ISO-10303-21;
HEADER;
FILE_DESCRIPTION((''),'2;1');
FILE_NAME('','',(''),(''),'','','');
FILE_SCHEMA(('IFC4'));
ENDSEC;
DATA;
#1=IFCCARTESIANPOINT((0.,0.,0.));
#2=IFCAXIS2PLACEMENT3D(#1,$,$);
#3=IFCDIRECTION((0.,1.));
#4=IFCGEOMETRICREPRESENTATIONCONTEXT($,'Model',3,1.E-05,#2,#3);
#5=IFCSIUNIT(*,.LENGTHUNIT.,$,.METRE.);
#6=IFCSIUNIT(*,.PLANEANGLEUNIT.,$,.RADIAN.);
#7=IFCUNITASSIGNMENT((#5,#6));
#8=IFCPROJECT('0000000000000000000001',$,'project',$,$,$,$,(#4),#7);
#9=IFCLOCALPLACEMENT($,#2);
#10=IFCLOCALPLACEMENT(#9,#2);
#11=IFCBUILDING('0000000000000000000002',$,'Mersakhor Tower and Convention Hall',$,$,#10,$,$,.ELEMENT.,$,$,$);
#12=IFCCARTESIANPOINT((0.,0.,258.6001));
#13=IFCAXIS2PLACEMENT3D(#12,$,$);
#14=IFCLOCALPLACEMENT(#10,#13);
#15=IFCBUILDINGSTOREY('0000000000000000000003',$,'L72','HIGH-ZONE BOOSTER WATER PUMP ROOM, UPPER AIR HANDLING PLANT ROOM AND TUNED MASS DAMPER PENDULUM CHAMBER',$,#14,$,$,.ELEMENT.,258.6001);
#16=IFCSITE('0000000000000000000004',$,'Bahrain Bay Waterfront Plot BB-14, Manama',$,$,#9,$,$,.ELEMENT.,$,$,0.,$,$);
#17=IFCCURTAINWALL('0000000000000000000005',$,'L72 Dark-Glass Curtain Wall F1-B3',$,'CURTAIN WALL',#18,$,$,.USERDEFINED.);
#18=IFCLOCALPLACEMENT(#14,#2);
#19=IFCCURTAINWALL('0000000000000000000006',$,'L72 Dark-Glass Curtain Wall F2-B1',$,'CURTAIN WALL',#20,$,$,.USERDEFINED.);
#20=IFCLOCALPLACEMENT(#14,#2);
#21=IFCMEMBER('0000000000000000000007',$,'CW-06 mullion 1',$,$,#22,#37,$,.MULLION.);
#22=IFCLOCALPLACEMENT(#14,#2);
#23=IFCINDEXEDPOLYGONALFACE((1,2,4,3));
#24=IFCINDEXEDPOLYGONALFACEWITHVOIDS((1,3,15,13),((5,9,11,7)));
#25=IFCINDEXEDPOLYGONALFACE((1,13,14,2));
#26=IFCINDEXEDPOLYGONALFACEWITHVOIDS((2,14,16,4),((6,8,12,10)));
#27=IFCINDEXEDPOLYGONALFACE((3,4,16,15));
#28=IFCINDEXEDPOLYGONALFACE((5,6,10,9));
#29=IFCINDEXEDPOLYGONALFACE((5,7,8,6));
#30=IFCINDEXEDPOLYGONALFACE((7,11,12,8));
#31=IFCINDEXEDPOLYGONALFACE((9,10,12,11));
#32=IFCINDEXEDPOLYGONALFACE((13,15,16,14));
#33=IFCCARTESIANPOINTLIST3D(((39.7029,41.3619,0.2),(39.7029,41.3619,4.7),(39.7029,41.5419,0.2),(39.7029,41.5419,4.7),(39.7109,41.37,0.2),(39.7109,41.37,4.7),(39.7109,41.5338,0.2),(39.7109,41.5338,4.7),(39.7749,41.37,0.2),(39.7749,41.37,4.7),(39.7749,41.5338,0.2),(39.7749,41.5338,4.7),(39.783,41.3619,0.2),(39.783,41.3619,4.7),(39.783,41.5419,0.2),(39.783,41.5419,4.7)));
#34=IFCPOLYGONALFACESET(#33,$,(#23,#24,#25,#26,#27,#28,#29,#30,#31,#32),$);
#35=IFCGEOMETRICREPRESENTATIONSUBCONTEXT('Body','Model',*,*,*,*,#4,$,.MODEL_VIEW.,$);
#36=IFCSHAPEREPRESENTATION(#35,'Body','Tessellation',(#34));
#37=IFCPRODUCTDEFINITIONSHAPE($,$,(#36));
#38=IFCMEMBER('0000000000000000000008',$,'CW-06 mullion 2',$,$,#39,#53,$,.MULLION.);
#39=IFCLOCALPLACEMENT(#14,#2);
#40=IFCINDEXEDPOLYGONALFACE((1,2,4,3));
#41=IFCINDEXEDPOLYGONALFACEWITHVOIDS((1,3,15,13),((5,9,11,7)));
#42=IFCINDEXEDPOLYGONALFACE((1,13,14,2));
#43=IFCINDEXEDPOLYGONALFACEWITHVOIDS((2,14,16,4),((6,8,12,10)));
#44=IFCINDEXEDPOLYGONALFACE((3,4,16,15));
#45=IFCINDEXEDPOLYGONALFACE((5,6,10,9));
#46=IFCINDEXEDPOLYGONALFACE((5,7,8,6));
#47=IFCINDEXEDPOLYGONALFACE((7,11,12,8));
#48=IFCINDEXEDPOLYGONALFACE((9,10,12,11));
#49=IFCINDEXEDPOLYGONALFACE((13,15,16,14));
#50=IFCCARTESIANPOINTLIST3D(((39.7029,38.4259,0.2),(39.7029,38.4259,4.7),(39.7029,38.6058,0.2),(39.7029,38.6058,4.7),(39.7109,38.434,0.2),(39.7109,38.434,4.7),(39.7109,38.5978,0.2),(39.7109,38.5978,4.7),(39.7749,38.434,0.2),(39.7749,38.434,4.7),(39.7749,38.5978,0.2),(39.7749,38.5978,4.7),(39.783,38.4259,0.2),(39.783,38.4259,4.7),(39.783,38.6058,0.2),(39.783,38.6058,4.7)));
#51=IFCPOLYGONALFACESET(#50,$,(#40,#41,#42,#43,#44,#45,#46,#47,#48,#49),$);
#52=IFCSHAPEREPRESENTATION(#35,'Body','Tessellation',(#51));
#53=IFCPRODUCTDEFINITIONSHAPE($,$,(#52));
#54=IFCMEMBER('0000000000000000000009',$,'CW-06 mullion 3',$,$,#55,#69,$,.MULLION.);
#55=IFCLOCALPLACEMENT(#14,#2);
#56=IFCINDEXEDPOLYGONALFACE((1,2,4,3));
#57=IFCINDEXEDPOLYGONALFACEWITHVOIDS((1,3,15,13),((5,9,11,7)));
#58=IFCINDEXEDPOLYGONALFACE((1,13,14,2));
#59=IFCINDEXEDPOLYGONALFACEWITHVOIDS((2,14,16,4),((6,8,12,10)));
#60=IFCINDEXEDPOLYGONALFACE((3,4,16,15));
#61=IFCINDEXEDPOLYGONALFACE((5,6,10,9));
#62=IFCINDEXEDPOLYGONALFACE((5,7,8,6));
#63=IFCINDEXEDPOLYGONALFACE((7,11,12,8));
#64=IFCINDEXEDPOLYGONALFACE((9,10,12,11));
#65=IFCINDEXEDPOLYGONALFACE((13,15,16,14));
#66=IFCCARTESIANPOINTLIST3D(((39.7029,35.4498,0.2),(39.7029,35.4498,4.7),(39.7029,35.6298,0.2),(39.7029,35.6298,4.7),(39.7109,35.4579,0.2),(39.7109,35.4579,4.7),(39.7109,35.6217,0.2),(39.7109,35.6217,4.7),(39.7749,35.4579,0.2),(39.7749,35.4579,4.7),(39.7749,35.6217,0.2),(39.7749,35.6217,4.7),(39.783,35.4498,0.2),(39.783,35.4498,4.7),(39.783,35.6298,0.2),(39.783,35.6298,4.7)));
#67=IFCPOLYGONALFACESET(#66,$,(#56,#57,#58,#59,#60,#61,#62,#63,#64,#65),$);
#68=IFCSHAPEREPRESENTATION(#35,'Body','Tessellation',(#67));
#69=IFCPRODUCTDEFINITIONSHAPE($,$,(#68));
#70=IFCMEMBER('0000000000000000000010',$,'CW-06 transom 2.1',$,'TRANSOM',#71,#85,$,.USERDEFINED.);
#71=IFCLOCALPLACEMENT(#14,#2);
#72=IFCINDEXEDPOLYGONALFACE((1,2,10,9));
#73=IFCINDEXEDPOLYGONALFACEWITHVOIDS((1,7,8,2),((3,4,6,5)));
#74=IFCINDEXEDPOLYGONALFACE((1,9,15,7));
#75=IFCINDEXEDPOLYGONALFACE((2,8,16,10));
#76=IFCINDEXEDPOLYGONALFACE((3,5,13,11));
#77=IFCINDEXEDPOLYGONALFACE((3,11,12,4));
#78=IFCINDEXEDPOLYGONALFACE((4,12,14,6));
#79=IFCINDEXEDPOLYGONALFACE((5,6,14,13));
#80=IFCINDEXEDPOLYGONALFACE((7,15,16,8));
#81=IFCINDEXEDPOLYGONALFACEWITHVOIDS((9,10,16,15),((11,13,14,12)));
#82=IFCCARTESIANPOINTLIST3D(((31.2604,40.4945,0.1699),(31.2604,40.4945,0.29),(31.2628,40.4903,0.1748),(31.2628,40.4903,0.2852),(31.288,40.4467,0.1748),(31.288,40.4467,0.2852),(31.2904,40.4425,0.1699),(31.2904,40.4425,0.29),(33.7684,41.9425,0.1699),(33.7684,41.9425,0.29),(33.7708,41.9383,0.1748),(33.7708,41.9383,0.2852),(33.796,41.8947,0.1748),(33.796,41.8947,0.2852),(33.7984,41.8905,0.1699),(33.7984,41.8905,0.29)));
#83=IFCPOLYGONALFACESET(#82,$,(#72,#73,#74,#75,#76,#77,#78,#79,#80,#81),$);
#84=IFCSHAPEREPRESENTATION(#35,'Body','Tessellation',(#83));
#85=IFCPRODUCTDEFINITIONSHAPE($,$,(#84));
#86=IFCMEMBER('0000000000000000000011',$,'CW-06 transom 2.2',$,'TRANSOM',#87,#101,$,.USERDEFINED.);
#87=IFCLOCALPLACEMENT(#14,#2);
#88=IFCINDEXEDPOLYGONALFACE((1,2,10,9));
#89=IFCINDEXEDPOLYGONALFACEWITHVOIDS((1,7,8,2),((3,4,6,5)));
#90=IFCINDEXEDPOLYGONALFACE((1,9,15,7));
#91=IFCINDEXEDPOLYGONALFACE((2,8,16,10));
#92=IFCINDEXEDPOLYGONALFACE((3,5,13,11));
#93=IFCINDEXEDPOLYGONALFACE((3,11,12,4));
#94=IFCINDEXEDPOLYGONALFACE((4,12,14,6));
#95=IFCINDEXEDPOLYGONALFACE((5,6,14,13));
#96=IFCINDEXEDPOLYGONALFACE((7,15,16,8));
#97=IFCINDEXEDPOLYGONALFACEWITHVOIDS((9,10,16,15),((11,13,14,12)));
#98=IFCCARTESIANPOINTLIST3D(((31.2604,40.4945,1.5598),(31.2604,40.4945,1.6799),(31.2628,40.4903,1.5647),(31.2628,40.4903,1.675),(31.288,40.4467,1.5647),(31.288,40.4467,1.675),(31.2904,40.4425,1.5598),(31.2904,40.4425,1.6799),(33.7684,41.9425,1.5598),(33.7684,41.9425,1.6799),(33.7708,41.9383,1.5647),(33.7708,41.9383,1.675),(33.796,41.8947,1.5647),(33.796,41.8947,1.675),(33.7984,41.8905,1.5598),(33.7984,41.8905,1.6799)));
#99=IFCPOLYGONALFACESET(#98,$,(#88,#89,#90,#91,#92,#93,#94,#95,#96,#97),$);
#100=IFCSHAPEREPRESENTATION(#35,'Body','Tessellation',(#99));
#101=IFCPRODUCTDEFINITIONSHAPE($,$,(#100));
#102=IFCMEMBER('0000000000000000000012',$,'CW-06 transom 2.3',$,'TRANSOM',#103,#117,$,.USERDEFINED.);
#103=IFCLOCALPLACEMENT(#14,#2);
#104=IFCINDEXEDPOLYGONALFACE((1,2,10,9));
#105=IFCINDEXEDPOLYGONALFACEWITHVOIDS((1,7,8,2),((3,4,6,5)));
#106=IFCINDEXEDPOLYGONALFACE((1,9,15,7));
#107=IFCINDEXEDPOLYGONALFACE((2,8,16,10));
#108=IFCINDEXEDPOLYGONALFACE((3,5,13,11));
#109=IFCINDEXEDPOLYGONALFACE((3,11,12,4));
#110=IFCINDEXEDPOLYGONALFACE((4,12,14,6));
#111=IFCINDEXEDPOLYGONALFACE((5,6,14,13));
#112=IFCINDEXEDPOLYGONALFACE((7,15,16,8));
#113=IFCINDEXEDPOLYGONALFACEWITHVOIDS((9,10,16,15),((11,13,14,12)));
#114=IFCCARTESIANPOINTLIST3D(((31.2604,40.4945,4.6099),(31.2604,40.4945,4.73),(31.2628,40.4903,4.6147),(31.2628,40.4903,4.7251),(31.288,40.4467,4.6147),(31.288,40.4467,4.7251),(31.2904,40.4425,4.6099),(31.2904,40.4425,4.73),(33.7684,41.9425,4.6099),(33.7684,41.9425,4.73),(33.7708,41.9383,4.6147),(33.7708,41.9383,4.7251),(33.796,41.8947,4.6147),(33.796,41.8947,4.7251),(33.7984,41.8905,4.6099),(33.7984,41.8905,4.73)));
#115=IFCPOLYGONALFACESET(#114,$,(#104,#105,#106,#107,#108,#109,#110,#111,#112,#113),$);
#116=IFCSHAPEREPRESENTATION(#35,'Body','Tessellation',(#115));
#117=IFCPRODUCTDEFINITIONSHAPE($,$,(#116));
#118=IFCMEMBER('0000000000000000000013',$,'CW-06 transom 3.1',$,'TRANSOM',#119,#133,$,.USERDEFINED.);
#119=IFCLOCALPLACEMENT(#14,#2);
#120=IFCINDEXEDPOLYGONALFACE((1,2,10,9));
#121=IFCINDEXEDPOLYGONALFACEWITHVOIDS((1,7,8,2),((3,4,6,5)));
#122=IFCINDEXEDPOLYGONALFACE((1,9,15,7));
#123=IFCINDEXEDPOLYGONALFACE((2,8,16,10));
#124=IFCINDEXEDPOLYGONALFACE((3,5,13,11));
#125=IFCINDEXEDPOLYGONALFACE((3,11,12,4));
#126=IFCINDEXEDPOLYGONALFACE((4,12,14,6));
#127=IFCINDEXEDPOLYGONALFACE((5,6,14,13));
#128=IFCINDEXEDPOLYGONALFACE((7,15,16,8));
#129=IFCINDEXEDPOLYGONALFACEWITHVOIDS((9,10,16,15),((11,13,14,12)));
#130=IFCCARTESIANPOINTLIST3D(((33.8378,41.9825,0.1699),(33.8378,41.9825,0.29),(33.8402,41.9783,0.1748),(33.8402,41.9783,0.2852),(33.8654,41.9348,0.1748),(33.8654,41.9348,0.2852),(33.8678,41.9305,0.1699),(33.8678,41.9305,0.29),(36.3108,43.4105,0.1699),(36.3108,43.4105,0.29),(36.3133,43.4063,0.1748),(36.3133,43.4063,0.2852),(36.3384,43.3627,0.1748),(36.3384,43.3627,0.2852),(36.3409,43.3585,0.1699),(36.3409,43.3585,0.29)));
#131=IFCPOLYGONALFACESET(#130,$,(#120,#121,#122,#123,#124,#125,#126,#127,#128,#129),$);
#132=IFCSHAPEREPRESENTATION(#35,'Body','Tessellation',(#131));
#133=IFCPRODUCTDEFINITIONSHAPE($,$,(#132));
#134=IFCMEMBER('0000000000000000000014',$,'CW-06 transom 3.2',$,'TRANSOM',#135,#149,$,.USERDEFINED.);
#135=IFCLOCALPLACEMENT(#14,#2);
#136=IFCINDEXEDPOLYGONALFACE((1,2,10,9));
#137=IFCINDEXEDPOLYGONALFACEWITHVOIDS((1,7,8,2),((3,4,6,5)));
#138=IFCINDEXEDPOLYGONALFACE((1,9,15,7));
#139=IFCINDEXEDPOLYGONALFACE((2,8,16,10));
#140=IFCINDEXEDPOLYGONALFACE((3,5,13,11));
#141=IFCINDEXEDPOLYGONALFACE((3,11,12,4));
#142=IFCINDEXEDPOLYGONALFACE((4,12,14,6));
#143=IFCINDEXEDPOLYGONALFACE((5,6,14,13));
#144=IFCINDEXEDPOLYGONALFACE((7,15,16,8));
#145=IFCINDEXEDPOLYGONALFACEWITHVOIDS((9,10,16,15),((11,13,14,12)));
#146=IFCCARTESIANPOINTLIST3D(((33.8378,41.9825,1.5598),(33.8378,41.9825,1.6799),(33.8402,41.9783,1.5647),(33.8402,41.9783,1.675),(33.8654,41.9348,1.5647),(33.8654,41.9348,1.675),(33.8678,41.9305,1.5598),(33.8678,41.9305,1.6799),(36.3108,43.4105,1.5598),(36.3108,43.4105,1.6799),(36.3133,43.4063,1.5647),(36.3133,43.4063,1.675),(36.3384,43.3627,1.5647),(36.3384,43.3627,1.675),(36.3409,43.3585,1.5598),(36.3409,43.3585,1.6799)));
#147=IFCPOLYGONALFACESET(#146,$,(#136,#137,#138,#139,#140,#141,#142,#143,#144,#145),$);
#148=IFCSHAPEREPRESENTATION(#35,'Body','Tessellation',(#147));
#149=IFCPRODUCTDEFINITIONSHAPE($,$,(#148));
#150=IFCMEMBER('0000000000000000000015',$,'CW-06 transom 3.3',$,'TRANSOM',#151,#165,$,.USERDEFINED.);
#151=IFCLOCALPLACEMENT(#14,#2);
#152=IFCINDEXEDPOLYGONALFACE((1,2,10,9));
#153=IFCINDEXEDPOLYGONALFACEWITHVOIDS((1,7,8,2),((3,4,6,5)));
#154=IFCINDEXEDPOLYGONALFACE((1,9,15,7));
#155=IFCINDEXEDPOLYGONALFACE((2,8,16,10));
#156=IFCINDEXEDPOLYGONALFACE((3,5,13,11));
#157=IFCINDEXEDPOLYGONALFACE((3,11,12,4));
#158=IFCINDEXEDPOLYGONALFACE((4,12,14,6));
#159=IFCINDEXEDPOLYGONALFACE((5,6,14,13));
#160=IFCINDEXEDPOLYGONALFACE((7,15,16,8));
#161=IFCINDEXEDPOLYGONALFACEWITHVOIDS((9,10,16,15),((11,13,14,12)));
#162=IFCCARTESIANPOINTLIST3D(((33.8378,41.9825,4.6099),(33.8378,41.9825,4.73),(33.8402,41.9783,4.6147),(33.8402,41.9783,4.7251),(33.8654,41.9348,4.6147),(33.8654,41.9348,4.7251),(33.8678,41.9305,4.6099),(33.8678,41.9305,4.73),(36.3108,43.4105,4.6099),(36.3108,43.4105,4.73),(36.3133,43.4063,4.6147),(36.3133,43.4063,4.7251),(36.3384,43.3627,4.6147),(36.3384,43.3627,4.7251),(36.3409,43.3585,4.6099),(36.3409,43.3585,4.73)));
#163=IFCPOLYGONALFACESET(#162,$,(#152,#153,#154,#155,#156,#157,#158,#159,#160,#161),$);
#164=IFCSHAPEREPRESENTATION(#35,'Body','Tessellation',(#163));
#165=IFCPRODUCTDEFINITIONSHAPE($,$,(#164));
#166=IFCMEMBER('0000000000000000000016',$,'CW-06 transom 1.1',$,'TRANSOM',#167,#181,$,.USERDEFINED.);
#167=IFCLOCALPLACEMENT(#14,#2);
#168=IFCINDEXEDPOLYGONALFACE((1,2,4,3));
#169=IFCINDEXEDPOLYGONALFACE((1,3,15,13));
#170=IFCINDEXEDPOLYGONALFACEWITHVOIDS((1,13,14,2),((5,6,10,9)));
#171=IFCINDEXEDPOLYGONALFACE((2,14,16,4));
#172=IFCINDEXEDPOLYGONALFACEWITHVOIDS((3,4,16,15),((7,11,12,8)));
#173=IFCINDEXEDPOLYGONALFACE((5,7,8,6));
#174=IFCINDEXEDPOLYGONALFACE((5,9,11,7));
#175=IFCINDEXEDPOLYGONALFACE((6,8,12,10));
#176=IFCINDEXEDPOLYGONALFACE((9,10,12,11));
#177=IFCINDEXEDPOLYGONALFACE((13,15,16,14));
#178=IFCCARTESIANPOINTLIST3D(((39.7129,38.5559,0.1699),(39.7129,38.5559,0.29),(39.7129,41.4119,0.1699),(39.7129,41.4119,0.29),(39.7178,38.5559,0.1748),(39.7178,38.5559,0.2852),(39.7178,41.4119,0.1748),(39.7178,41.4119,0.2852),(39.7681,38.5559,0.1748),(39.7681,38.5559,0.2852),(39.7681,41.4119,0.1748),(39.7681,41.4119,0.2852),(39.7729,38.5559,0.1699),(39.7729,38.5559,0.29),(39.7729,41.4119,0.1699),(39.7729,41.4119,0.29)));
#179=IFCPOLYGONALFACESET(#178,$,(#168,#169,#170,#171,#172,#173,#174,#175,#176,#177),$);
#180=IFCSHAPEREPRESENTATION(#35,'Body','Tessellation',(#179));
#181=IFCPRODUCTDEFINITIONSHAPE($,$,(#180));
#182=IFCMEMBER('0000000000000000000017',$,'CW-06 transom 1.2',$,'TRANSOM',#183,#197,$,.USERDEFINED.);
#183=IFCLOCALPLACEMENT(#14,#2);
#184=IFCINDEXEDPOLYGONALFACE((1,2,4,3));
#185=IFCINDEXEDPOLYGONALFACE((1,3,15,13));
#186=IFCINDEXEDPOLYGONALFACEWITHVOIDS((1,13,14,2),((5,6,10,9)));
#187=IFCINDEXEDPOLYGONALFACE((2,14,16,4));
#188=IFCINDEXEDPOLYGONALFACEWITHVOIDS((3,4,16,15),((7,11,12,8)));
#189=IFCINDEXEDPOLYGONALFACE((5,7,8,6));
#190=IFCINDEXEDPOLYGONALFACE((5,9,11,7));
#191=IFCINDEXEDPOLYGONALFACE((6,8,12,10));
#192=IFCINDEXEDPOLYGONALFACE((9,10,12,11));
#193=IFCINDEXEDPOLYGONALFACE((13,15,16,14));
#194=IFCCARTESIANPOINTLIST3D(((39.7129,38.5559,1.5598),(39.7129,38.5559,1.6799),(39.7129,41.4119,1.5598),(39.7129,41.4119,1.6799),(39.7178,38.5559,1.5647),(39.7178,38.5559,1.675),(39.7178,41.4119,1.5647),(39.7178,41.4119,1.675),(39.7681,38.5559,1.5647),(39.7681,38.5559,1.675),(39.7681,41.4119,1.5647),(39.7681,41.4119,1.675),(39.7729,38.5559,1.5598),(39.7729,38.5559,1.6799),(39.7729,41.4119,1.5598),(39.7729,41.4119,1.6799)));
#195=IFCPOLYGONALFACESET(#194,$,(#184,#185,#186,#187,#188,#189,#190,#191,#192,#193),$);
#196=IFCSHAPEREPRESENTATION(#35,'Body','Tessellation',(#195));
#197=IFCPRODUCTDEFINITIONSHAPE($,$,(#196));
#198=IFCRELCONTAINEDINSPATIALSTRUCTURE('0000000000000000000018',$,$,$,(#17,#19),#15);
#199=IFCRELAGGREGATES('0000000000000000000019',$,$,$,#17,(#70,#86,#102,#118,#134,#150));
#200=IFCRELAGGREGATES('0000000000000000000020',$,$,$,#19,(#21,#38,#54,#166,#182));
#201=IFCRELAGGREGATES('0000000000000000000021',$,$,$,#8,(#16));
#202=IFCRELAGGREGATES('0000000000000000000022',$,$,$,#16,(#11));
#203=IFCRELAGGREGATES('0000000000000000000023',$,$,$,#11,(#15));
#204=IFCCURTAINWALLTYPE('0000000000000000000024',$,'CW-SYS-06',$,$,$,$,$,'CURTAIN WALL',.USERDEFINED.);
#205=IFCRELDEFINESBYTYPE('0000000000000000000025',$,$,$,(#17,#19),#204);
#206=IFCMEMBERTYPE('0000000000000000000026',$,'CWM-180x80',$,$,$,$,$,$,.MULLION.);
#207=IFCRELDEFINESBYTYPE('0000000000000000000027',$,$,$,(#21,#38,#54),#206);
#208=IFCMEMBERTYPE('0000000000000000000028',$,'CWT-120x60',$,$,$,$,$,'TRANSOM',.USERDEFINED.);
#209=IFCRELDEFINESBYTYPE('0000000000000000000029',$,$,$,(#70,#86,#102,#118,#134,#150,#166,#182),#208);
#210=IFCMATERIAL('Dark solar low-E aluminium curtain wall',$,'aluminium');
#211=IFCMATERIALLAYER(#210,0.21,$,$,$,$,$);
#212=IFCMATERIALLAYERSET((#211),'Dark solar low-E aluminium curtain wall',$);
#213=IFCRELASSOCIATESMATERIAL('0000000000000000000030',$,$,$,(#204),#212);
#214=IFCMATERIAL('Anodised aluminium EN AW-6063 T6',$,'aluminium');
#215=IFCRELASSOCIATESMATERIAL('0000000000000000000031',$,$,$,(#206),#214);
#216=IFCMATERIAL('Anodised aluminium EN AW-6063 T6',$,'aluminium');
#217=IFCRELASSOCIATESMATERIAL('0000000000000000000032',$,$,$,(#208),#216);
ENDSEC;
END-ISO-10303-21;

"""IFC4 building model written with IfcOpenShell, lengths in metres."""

from ifc_helpers import new_model, si_unit, direction, frame, origin, origin_2d, place, context, subcontext, project, spatial, hollow_rectangle, extrude, material, layer, layer_set, material_profile, profile_set, type_object, element, aggregate, save


model = new_model("IFC4")

# Units and contexts
model_context = context("Model", 3, precision=1e-05, world=origin(), true_north=direction((0.0, 1.0)))
body_context = subcontext(model_context, "Body", "Model", "MODEL_VIEW")
ifc_project = project(units=[si_unit("LENGTHUNIT", "METRE"), si_unit("PLANEANGLEUNIT", "RADIAN")], contexts=[model_context])

# Site, building, storey
site_placement = place(None, origin())
site = spatial("IfcSite", under=ifc_project, at=site_placement, Name="Bahrain Bay Waterfront Plot BB-14, Manama", CompositionType="ELEMENT", RefElevation=0.0)
building_placement = place(site_placement, origin())
building = spatial("IfcBuilding", under=site, at=building_placement, Name="Mersakhor Tower and Convention Hall", CompositionType="ELEMENT")
storey_placement = place(building_placement, frame((0.0, 0.0, 258.6001)))
storey = spatial("IfcBuildingStorey", under=building, at=storey_placement, Name="L72", Description="HIGH-ZONE BOOSTER WATER PUMP ROOM, UPPER AIR HANDLING PLANT ROOM AND TUNED MASS DAMPER PENDULUM CHAMBER", CompositionType="ELEMENT", Elevation=258.6001)

# Curtain walls, members
ifc_material_1 = material(Name="Dark solar low-E aluminium curtain wall", Category="aluminium")
ifc_layer_1 = layer(ifc_material_1, 0.21)
ifc_layer_set_1 = layer_set([ifc_layer_1], Name="Dark solar low-E aluminium curtain wall")
curtain_wall_type = type_object("IfcCurtainWallType", Name="CW-SYS-06", ElementType="CURTAIN WALL", PredefinedType="USERDEFINED", material=ifc_layer_set_1)
curtain_wall_1_placement = place(storey_placement, origin())
curtain_wall_1 = element("IfcCurtainWall", 1, at=curtain_wall_1_placement, inside=storey, type_object=curtain_wall_type, Name="L72 Dark-Glass Curtain Wall F1-B3", ObjectType="CURTAIN WALL", PredefinedType="USERDEFINED")
ifc_material_2 = material(Name="Anodised aluminium EN AW-6063 T6", Category="aluminium")
ifc_material_profile_1 = material_profile(ifc_material_2, hollow_rectangle(XDim=0.0801, YDim=0.1799, WallThickness=0.0081, at=origin_2d()), Name="RHS 180x80x8")
ifc_profile_set_1 = profile_set([ifc_material_profile_1], Name="Anodised aluminium EN AW-6063 T6")
member_type_1 = type_object("IfcMemberType", Name="CWM-180x80", PredefinedType="MULLION", material=ifc_profile_set_1)
curtain_wall_2_placement = place(storey_placement, origin())
curtain_wall_2 = element("IfcCurtainWall", 2, at=curtain_wall_2_placement, inside=storey, type_object=curtain_wall_type, Name="L72 Dark-Glass Curtain Wall F2-B1", ObjectType="CURTAIN WALL", PredefinedType="USERDEFINED")
member_1_placement = place(storey_placement, frame((39.7429, 41.4519, 0.2), z_axis=(0.0, 0.0, 1.0), x_axis=(1.0, 0.0, 0.0)))
member_1 = element("IfcMember", 3, at=member_1_placement, type_object=member_type_1, Name="CW-06 mullion 1", PredefinedType="MULLION", context=body_context, shape_type="SweptSolid", body=[
    extrude(hollow_rectangle(XDim=0.0801, YDim=0.1799, WallThickness=0.0081, at=origin_2d()), origin(), (0.0, 0.0, 1.0), 4.5),
])
member_2_placement = place(storey_placement, frame((39.7429, 38.5159, 0.2), z_axis=(0.0, 0.0, 1.0), x_axis=(1.0, 0.0, 0.0)))
member_2 = element("IfcMember", 4, at=member_2_placement, type_object=member_type_1, Name="CW-06 mullion 2", PredefinedType="MULLION", context=body_context, shape_type="SweptSolid", body=[
    extrude(hollow_rectangle(XDim=0.0801, YDim=0.1799, WallThickness=0.0081, at=origin_2d()), origin(), (0.0, 0.0, 1.0), 4.5),
])
member_3_placement = place(storey_placement, frame((39.7429, 35.5398, 0.2), z_axis=(0.0, 0.0, 1.0), x_axis=(1.0, 0.0, 0.0)))
member_3 = element("IfcMember", 5, at=member_3_placement, type_object=member_type_1, Name="CW-06 mullion 3", PredefinedType="MULLION", context=body_context, shape_type="SweptSolid", body=[
    extrude(hollow_rectangle(XDim=0.0801, YDim=0.1799, WallThickness=0.0081, at=origin_2d()), origin(), (0.0, 0.0, 1.0), 4.5),
])

# Members
ifc_material_3 = material(Name="Anodised aluminium EN AW-6063 T6", Category="aluminium")
ifc_material_profile_2 = material_profile(ifc_material_3, hollow_rectangle(XDim=0.0601, YDim=0.1201, WallThickness=0.0049, at=origin_2d()), Name="RHS 120x60x5")
ifc_profile_set_2 = profile_set([ifc_material_profile_2], Name="Anodised aluminium EN AW-6063 T6")
member_type_2 = type_object("IfcMemberType", Name="CWT-120x60", ElementType="TRANSOM", PredefinedType="USERDEFINED", material=ifc_profile_set_2)
member_4_placement = place(storey_placement, frame((31.2754, 40.4685, 0.23), z_axis=(0.86603, 0.499992, 0.0), x_axis=(-0.499992, 0.86603, 0.0)))
member_4 = element("IfcMember", 6, at=member_4_placement, type_object=member_type_2, Name="CW-06 transom 2.1", ObjectType="TRANSOM", PredefinedType="USERDEFINED", context=body_context, shape_type="SweptSolid", body=[
    extrude(hollow_rectangle(XDim=0.0601, YDim=0.1201, WallThickness=0.0049, at=origin_2d()), origin(), (0.0, 0.0, 1.0), 2.896),
])
member_5_placement = place(storey_placement, frame((31.2754, 40.4685, 1.6199), z_axis=(0.86603, 0.499992, 0.0), x_axis=(-0.499992, 0.86603, 0.0)))
member_5 = element("IfcMember", 7, at=member_5_placement, type_object=member_type_2, Name="CW-06 transom 2.2", ObjectType="TRANSOM", PredefinedType="USERDEFINED", context=body_context, shape_type="SweptSolid", body=[
    extrude(hollow_rectangle(XDim=0.0601, YDim=0.1201, WallThickness=0.0049, at=origin_2d()), origin(), (0.0, 0.0, 1.0), 2.896),
])
member_6_placement = place(storey_placement, frame((31.2754, 40.4685, 4.6699), z_axis=(0.86603, 0.499992, 0.0), x_axis=(-0.499992, 0.86603, 0.0)))
member_6 = element("IfcMember", 8, at=member_6_placement, type_object=member_type_2, Name="CW-06 transom 2.3", ObjectType="TRANSOM", PredefinedType="USERDEFINED", context=body_context, shape_type="SweptSolid", body=[
    extrude(hollow_rectangle(XDim=0.0601, YDim=0.1201, WallThickness=0.0049, at=origin_2d()), origin(), (0.0, 0.0, 1.0), 2.896),
])
member_7_placement = place(storey_placement, frame((33.8528, 41.9565, 0.23), z_axis=(0.866009, 0.500028, 0.0), x_axis=(-0.500028, 0.866009, 0.0)))
member_7 = element("IfcMember", 9, at=member_7_placement, type_object=member_type_2, Name="CW-06 transom 3.1", ObjectType="TRANSOM", PredefinedType="USERDEFINED", context=body_context, shape_type="SweptSolid", body=[
    extrude(hollow_rectangle(XDim=0.0601, YDim=0.1201, WallThickness=0.0049, at=origin_2d()), origin(), (0.0, 0.0, 1.0), 2.8557),
])
member_8_placement = place(storey_placement, frame((33.8528, 41.9565, 1.6199), z_axis=(0.866009, 0.500028, 0.0), x_axis=(-0.500028, 0.866009, 0.0)))
member_8 = element("IfcMember", 10, at=member_8_placement, type_object=member_type_2, Name="CW-06 transom 3.2", ObjectType="TRANSOM", PredefinedType="USERDEFINED", context=body_context, shape_type="SweptSolid", body=[
    extrude(hollow_rectangle(XDim=0.0601, YDim=0.1201, WallThickness=0.0049, at=origin_2d()), origin(), (0.0, 0.0, 1.0), 2.8557),
])
member_9_placement = place(storey_placement, frame((33.8528, 41.9565, 4.6699), z_axis=(0.866009, 0.500028, 0.0), x_axis=(-0.500028, 0.866009, 0.0)))
member_9 = element("IfcMember", 11, at=member_9_placement, type_object=member_type_2, Name="CW-06 transom 3.3", ObjectType="TRANSOM", PredefinedType="USERDEFINED", context=body_context, shape_type="SweptSolid", body=[
    extrude(hollow_rectangle(XDim=0.0601, YDim=0.1201, WallThickness=0.0049, at=origin_2d()), origin(), (0.0, 0.0, 1.0), 2.8557),
])
member_10_placement = place(storey_placement, frame((39.7429, 41.4119, 0.23), z_axis=(0.0, -1.0, 0.0), x_axis=(1.0, 0.0, 0.0)))
member_10 = element("IfcMember", 12, at=member_10_placement, type_object=member_type_2, Name="CW-06 transom 1.1", ObjectType="TRANSOM", PredefinedType="USERDEFINED", context=body_context, shape_type="SweptSolid", body=[
    extrude(hollow_rectangle(XDim=0.0601, YDim=0.1201, WallThickness=0.0049, at=origin_2d()), origin(), (0.0, 0.0, 1.0), 2.856),
])
member_11_placement = place(storey_placement, frame((39.7429, 41.4119, 1.6199), z_axis=(0.0, -1.0, 0.0), x_axis=(1.0, 0.0, 0.0)))
member_11 = element("IfcMember", 13, at=member_11_placement, type_object=member_type_2, Name="CW-06 transom 1.2", ObjectType="TRANSOM", PredefinedType="USERDEFINED", context=body_context, shape_type="SweptSolid", body=[
    extrude(hollow_rectangle(XDim=0.0601, YDim=0.1201, WallThickness=0.0049, at=origin_2d()), origin(), (0.0, 0.0, 1.0), 2.856),
])

aggregate(curtain_wall_1, [member_4, member_5, member_6, member_7, member_8, member_9])
aggregate(curtain_wall_2, [member_1, member_2, member_3, member_10, member_11])

save(model, "model.ifc")
